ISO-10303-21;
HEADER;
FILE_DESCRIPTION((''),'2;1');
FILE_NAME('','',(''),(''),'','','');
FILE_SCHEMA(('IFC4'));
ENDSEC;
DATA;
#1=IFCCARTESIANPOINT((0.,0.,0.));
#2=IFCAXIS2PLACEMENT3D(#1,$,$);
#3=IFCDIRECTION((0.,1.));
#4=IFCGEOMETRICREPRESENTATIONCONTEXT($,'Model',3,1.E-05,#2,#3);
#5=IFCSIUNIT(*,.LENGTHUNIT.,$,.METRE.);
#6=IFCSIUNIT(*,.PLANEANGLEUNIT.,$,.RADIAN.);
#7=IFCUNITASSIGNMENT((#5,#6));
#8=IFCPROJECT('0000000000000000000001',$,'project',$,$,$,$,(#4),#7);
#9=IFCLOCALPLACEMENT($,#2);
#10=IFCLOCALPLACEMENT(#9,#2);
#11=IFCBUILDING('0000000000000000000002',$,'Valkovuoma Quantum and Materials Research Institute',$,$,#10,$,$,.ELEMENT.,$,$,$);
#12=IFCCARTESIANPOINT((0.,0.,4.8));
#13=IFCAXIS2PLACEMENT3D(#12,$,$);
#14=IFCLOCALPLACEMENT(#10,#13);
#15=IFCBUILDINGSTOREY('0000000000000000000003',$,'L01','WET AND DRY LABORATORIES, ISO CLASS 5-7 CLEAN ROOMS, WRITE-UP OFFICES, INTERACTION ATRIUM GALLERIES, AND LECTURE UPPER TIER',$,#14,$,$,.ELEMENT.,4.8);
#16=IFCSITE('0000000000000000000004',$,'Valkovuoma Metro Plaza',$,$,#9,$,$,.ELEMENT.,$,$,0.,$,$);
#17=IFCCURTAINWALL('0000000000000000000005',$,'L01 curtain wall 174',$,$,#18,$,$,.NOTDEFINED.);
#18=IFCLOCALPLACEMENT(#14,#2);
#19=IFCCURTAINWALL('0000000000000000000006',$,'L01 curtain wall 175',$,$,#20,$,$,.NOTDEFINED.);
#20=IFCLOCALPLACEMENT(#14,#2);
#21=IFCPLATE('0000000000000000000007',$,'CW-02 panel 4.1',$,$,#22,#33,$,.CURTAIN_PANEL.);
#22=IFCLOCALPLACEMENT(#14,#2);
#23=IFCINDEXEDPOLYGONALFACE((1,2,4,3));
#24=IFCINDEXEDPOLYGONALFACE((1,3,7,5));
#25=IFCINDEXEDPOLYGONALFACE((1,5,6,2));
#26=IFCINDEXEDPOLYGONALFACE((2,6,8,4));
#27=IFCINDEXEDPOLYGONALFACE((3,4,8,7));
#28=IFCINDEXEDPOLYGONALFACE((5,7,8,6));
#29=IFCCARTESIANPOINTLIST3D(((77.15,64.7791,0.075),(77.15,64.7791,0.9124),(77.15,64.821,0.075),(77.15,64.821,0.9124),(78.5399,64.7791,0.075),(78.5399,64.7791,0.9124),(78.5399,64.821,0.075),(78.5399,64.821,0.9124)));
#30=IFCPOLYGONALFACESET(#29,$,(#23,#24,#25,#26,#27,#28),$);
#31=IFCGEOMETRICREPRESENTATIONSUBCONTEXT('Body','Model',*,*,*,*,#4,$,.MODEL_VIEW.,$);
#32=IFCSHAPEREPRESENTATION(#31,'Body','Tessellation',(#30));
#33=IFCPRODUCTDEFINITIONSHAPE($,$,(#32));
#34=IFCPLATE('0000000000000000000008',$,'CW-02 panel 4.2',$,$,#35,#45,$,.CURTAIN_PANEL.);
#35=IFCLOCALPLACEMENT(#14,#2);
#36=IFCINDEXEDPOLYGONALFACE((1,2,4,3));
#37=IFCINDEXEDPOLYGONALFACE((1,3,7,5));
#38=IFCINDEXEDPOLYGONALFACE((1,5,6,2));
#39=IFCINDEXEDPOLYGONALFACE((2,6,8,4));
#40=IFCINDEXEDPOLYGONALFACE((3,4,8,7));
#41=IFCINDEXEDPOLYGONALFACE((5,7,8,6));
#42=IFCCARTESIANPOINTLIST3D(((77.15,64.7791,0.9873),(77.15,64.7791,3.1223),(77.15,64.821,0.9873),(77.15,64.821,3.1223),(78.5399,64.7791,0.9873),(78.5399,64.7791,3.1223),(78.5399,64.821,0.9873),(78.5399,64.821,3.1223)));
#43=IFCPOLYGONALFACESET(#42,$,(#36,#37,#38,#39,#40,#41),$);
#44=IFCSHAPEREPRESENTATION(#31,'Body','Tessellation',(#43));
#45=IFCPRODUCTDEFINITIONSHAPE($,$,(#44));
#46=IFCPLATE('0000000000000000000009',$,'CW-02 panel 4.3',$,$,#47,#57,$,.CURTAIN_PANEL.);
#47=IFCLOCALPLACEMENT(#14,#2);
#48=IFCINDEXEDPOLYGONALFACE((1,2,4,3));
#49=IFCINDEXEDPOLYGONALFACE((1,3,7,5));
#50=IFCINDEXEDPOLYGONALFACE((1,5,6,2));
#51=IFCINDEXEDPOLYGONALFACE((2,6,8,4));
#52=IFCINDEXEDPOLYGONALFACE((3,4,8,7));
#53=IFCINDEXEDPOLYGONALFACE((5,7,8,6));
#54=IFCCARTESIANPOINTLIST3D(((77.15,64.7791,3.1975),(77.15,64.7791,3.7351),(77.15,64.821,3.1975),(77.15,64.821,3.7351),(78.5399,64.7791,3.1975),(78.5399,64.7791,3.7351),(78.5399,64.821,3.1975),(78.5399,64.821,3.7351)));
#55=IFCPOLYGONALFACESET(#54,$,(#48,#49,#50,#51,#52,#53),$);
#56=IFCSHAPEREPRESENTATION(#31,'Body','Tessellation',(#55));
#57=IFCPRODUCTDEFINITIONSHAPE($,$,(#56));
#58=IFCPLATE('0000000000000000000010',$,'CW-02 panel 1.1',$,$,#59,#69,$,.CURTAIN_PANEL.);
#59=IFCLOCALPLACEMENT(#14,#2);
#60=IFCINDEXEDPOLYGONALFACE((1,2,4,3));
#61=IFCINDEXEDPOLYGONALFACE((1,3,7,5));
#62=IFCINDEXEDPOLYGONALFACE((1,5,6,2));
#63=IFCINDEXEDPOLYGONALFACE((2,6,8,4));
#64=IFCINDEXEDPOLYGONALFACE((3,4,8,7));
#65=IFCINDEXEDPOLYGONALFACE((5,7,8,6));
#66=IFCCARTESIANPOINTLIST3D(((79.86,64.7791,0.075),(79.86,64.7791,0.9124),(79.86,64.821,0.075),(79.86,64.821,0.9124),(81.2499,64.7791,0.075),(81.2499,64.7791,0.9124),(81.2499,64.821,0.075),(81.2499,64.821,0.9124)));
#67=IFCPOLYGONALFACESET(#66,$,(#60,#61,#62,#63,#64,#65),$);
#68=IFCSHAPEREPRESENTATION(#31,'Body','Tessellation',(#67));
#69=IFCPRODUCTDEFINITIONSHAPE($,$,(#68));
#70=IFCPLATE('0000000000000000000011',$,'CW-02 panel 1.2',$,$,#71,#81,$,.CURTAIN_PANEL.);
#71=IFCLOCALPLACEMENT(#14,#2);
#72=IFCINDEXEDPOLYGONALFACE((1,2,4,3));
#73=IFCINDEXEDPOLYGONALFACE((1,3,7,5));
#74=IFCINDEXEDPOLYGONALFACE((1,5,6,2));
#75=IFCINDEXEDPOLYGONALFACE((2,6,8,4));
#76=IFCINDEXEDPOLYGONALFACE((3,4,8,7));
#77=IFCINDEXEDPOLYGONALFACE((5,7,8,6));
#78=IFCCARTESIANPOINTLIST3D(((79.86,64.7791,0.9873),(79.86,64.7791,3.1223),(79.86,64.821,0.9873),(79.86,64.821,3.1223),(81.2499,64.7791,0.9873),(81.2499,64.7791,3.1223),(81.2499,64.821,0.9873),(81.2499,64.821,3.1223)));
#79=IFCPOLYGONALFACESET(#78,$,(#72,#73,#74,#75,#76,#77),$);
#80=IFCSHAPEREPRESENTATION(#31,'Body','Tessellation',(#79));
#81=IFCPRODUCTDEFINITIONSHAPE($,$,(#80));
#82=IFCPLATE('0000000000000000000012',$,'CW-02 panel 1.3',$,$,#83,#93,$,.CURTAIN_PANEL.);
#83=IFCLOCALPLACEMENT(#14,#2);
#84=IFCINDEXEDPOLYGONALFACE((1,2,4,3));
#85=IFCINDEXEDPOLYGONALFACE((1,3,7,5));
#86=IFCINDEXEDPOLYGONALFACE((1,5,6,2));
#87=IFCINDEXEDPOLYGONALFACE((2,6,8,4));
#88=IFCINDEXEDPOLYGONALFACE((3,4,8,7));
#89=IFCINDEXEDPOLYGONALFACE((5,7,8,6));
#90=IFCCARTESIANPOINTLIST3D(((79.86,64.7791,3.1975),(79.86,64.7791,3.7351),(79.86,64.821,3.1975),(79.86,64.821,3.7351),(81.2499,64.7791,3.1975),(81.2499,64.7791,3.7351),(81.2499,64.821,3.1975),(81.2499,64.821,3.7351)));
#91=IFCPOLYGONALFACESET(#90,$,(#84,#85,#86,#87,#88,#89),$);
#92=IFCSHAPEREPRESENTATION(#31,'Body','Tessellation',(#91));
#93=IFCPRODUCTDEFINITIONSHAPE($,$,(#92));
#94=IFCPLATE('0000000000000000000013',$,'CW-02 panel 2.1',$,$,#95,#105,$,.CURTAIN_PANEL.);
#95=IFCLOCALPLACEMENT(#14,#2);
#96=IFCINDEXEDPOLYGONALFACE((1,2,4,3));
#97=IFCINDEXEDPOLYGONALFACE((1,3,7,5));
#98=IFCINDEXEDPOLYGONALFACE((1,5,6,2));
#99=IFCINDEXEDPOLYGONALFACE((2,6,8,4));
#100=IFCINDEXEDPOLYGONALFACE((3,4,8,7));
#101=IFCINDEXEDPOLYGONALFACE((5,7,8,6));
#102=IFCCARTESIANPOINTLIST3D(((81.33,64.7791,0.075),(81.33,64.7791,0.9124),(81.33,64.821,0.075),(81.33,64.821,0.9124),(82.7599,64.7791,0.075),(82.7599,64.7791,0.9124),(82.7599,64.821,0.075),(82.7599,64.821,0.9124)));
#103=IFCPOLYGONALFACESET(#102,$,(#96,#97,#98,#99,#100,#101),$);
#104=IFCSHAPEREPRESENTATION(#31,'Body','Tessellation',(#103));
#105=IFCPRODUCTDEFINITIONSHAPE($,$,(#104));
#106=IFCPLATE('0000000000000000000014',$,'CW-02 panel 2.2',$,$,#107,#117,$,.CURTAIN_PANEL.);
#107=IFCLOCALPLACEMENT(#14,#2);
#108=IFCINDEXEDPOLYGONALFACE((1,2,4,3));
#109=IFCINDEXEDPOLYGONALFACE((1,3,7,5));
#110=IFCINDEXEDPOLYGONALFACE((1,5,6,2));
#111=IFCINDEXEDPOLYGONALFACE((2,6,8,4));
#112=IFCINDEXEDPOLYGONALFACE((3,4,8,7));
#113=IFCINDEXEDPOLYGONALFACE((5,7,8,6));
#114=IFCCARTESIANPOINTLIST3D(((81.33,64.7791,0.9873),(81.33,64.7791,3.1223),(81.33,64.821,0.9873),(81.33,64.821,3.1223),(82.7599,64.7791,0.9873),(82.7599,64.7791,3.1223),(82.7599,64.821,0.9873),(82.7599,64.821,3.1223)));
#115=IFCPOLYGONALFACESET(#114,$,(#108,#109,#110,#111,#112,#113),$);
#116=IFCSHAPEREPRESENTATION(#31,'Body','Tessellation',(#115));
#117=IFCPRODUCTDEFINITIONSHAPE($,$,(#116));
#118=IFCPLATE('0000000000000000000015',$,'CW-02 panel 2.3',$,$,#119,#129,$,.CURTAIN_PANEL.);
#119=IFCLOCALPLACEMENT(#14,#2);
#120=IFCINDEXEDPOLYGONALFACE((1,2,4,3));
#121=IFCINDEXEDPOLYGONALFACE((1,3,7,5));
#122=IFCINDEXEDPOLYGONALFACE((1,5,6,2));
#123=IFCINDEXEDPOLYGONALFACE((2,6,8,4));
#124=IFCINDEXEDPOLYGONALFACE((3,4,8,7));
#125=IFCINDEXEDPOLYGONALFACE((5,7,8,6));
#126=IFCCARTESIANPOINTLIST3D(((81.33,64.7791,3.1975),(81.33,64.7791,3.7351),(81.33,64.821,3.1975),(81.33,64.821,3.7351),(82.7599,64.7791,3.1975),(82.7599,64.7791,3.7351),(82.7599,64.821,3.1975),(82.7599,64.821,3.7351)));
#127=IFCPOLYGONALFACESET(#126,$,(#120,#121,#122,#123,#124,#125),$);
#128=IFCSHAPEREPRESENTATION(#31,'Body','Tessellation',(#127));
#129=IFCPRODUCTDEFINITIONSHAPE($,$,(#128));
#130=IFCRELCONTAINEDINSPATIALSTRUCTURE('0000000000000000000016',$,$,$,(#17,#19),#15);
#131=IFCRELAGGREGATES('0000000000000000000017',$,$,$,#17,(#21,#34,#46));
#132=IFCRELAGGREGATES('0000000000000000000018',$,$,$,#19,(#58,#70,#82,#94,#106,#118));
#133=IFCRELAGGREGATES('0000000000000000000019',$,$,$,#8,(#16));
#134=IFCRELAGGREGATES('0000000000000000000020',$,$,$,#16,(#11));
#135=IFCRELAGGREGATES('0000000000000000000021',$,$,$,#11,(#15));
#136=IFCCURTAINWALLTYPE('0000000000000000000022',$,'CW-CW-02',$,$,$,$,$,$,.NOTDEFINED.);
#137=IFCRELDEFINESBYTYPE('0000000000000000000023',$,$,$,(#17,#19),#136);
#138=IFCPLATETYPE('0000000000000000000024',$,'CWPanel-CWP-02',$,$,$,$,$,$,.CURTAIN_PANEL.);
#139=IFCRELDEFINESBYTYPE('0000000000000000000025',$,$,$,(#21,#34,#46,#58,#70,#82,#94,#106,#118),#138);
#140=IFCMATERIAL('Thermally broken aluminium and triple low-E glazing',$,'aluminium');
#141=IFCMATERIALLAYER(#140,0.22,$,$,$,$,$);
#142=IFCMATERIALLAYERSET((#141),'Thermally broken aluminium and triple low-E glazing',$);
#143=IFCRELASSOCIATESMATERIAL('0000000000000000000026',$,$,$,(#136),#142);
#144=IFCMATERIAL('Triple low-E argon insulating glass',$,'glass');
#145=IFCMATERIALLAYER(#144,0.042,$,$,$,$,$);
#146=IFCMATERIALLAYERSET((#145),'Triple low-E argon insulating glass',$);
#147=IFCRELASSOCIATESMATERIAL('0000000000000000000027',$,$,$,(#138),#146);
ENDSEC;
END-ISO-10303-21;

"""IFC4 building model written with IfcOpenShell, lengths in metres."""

from ifc_helpers import new_model, si_unit, direction, frame, origin, origin_2d, place, context, subcontext, project, spatial, rectangle, extrude, material, layer, layer_set, type_object, element, aggregate, save


model = new_model("IFC4")

# Units and contexts
model_context = context("Model", 3, precision=1e-05, world=origin(), true_north=direction((0.0, 1.0)))
body_context = subcontext(model_context, "Body", "Model", "MODEL_VIEW")
ifc_project = project(units=[si_unit("LENGTHUNIT", "METRE"), si_unit("PLANEANGLEUNIT", "RADIAN")], contexts=[model_context])

# Site, building, storey
site_placement = place(None, origin())
site = spatial("IfcSite", under=ifc_project, at=site_placement, Name="Valkovuoma Metro Plaza", CompositionType="ELEMENT", RefElevation=0.0)
building_placement = place(site_placement, origin())
building = spatial("IfcBuilding", under=site, at=building_placement, Name="Valkovuoma Quantum and Materials Research Institute", CompositionType="ELEMENT")
storey_placement = place(building_placement, frame((0.0, 0.0, 4.8)))
storey = spatial("IfcBuildingStorey", under=building, at=storey_placement, Name="L01", Description="WET AND DRY LABORATORIES, ISO CLASS 5-7 CLEAN ROOMS, WRITE-UP OFFICES, INTERACTION ATRIUM GALLERIES, AND LECTURE UPPER TIER", CompositionType="ELEMENT", Elevation=4.8)

# Curtain walls
ifc_material_1 = material(Name="Thermally broken aluminium and triple low-E glazing", Category="aluminium")
ifc_layer_1 = layer(ifc_material_1, 0.22)
ifc_layer_set_1 = layer_set([ifc_layer_1], Name="Thermally broken aluminium and triple low-E glazing")
curtain_wall_type = type_object("IfcCurtainWallType", Name="CW-CW-02", PredefinedType="NOTDEFINED", material=ifc_layer_set_1)
curtain_wall_1_placement = place(storey_placement, origin())
curtain_wall_1 = element("IfcCurtainWall", 1, at=curtain_wall_1_placement, inside=storey, type_object=curtain_wall_type, Name="L01 curtain wall 174", PredefinedType="NOTDEFINED")
curtain_wall_2_placement = place(storey_placement, origin())
curtain_wall_2 = element("IfcCurtainWall", 2, at=curtain_wall_2_placement, inside=storey, type_object=curtain_wall_type, Name="L01 curtain wall 175", PredefinedType="NOTDEFINED")

# Plates
ifc_material_2 = material(Name="Triple low-E argon insulating glass", Category="glass")
ifc_layer_2 = layer(ifc_material_2, 0.042)
ifc_layer_set_2 = layer_set([ifc_layer_2], Name="Triple low-E argon insulating glass")
plate_type = type_object("IfcPlateType", Name="CWPanel-CWP-02", PredefinedType="CURTAIN_PANEL", material=ifc_layer_set_2)
plate_1_placement = place(storey_placement, frame((77.845, 64.8, 0.075), z_axis=(0.0, 0.0, 1.0), x_axis=(1.0, 0.0, 0.0)))
plate_1 = element("IfcPlate", 3, at=plate_1_placement, type_object=plate_type, Name="CW-02 panel 4.1", PredefinedType="CURTAIN_PANEL", context=body_context, shape_type="SweptSolid", body=[
    extrude(rectangle(XDim=1.3899, YDim=0.042, at=origin_2d()), origin(), (0.0, 0.0, 1.0), 0.8374),
])
plate_2_placement = place(storey_placement, frame((77.845, 64.8, 0.9873), z_axis=(0.0, 0.0, 1.0), x_axis=(1.0, 0.0, 0.0)))
plate_2 = element("IfcPlate", 4, at=plate_2_placement, type_object=plate_type, Name="CW-02 panel 4.2", PredefinedType="CURTAIN_PANEL", context=body_context, shape_type="SweptSolid", body=[
    extrude(rectangle(XDim=1.3899, YDim=0.042, at=origin_2d()), origin(), (0.0, 0.0, 1.0), 2.135),
])
plate_3_placement = place(storey_placement, frame((77.845, 64.8, 3.1975), z_axis=(0.0, 0.0, 1.0), x_axis=(1.0, 0.0, 0.0)))
plate_3 = element("IfcPlate", 5, at=plate_3_placement, type_object=plate_type, Name="CW-02 panel 4.3", PredefinedType="CURTAIN_PANEL", context=body_context, shape_type="SweptSolid", body=[
    extrude(rectangle(XDim=1.3899, YDim=0.042, at=origin_2d()), origin(), (0.0, 0.0, 1.0), 0.5376),
])
aggregate(curtain_wall_1, [plate_1, plate_2, plate_3])
plate_4_placement = place(storey_placement, frame((80.5549, 64.8, 0.075), z_axis=(0.0, 0.0, 1.0), x_axis=(1.0, 0.0, 0.0)))
plate_4 = element("IfcPlate", 6, at=plate_4_placement, type_object=plate_type, Name="CW-02 panel 1.1", PredefinedType="CURTAIN_PANEL", context=body_context, shape_type="SweptSolid", body=[
    extrude(rectangle(XDim=1.3899, YDim=0.042, at=origin_2d()), origin(), (0.0, 0.0, 1.0), 0.8374),
])
plate_5_placement = place(storey_placement, frame((80.5549, 64.8, 0.9873), z_axis=(0.0, 0.0, 1.0), x_axis=(1.0, 0.0, 0.0)))
plate_5 = element("IfcPlate", 7, at=plate_5_placement, type_object=plate_type, Name="CW-02 panel 1.2", PredefinedType="CURTAIN_PANEL", context=body_context, shape_type="SweptSolid", body=[
    extrude(rectangle(XDim=1.3899, YDim=0.042, at=origin_2d()), origin(), (0.0, 0.0, 1.0), 2.135),
])
plate_6_placement = place(storey_placement, frame((80.5549, 64.8, 3.1975), z_axis=(0.0, 0.0, 1.0), x_axis=(1.0, 0.0, 0.0)))
plate_6 = element("IfcPlate", 8, at=plate_6_placement, type_object=plate_type, Name="CW-02 panel 1.3", PredefinedType="CURTAIN_PANEL", context=body_context, shape_type="SweptSolid", body=[
    extrude(rectangle(XDim=1.3899, YDim=0.042, at=origin_2d()), origin(), (0.0, 0.0, 1.0), 0.5376),
])
plate_7_placement = place(storey_placement, frame((82.0449, 64.8, 0.075), z_axis=(0.0, 0.0, 1.0), x_axis=(1.0, 0.0, 0.0)))
plate_7 = element("IfcPlate", 9, at=plate_7_placement, type_object=plate_type, Name="CW-02 panel 2.1", PredefinedType="CURTAIN_PANEL", context=body_context, shape_type="SweptSolid", body=[
    extrude(rectangle(XDim=1.4299, YDim=0.042, at=origin_2d()), origin(), (0.0, 0.0, 1.0), 0.8374),
])
plate_8_placement = place(storey_placement, frame((82.0449, 64.8, 0.9873), z_axis=(0.0, 0.0, 1.0), x_axis=(1.0, 0.0, 0.0)))
plate_8 = element("IfcPlate", 10, at=plate_8_placement, type_object=plate_type, Name="CW-02 panel 2.2", PredefinedType="CURTAIN_PANEL", context=body_context, shape_type="SweptSolid", body=[
    extrude(rectangle(XDim=1.4299, YDim=0.042, at=origin_2d()), origin(), (0.0, 0.0, 1.0), 2.135),
])
plate_9_placement = place(storey_placement, frame((82.0449, 64.8, 3.1975), z_axis=(0.0, 0.0, 1.0), x_axis=(1.0, 0.0, 0.0)))
plate_9 = element("IfcPlate", 11, at=plate_9_placement, type_object=plate_type, Name="CW-02 panel 2.3", PredefinedType="CURTAIN_PANEL", context=body_context, shape_type="SweptSolid", body=[
    extrude(rectangle(XDim=1.4299, YDim=0.042, at=origin_2d()), origin(), (0.0, 0.0, 1.0), 0.5376),
])
aggregate(curtain_wall_2, [plate_4, plate_5, plate_6, plate_7, plate_8, plate_9])

save(model, "model.ifc")
